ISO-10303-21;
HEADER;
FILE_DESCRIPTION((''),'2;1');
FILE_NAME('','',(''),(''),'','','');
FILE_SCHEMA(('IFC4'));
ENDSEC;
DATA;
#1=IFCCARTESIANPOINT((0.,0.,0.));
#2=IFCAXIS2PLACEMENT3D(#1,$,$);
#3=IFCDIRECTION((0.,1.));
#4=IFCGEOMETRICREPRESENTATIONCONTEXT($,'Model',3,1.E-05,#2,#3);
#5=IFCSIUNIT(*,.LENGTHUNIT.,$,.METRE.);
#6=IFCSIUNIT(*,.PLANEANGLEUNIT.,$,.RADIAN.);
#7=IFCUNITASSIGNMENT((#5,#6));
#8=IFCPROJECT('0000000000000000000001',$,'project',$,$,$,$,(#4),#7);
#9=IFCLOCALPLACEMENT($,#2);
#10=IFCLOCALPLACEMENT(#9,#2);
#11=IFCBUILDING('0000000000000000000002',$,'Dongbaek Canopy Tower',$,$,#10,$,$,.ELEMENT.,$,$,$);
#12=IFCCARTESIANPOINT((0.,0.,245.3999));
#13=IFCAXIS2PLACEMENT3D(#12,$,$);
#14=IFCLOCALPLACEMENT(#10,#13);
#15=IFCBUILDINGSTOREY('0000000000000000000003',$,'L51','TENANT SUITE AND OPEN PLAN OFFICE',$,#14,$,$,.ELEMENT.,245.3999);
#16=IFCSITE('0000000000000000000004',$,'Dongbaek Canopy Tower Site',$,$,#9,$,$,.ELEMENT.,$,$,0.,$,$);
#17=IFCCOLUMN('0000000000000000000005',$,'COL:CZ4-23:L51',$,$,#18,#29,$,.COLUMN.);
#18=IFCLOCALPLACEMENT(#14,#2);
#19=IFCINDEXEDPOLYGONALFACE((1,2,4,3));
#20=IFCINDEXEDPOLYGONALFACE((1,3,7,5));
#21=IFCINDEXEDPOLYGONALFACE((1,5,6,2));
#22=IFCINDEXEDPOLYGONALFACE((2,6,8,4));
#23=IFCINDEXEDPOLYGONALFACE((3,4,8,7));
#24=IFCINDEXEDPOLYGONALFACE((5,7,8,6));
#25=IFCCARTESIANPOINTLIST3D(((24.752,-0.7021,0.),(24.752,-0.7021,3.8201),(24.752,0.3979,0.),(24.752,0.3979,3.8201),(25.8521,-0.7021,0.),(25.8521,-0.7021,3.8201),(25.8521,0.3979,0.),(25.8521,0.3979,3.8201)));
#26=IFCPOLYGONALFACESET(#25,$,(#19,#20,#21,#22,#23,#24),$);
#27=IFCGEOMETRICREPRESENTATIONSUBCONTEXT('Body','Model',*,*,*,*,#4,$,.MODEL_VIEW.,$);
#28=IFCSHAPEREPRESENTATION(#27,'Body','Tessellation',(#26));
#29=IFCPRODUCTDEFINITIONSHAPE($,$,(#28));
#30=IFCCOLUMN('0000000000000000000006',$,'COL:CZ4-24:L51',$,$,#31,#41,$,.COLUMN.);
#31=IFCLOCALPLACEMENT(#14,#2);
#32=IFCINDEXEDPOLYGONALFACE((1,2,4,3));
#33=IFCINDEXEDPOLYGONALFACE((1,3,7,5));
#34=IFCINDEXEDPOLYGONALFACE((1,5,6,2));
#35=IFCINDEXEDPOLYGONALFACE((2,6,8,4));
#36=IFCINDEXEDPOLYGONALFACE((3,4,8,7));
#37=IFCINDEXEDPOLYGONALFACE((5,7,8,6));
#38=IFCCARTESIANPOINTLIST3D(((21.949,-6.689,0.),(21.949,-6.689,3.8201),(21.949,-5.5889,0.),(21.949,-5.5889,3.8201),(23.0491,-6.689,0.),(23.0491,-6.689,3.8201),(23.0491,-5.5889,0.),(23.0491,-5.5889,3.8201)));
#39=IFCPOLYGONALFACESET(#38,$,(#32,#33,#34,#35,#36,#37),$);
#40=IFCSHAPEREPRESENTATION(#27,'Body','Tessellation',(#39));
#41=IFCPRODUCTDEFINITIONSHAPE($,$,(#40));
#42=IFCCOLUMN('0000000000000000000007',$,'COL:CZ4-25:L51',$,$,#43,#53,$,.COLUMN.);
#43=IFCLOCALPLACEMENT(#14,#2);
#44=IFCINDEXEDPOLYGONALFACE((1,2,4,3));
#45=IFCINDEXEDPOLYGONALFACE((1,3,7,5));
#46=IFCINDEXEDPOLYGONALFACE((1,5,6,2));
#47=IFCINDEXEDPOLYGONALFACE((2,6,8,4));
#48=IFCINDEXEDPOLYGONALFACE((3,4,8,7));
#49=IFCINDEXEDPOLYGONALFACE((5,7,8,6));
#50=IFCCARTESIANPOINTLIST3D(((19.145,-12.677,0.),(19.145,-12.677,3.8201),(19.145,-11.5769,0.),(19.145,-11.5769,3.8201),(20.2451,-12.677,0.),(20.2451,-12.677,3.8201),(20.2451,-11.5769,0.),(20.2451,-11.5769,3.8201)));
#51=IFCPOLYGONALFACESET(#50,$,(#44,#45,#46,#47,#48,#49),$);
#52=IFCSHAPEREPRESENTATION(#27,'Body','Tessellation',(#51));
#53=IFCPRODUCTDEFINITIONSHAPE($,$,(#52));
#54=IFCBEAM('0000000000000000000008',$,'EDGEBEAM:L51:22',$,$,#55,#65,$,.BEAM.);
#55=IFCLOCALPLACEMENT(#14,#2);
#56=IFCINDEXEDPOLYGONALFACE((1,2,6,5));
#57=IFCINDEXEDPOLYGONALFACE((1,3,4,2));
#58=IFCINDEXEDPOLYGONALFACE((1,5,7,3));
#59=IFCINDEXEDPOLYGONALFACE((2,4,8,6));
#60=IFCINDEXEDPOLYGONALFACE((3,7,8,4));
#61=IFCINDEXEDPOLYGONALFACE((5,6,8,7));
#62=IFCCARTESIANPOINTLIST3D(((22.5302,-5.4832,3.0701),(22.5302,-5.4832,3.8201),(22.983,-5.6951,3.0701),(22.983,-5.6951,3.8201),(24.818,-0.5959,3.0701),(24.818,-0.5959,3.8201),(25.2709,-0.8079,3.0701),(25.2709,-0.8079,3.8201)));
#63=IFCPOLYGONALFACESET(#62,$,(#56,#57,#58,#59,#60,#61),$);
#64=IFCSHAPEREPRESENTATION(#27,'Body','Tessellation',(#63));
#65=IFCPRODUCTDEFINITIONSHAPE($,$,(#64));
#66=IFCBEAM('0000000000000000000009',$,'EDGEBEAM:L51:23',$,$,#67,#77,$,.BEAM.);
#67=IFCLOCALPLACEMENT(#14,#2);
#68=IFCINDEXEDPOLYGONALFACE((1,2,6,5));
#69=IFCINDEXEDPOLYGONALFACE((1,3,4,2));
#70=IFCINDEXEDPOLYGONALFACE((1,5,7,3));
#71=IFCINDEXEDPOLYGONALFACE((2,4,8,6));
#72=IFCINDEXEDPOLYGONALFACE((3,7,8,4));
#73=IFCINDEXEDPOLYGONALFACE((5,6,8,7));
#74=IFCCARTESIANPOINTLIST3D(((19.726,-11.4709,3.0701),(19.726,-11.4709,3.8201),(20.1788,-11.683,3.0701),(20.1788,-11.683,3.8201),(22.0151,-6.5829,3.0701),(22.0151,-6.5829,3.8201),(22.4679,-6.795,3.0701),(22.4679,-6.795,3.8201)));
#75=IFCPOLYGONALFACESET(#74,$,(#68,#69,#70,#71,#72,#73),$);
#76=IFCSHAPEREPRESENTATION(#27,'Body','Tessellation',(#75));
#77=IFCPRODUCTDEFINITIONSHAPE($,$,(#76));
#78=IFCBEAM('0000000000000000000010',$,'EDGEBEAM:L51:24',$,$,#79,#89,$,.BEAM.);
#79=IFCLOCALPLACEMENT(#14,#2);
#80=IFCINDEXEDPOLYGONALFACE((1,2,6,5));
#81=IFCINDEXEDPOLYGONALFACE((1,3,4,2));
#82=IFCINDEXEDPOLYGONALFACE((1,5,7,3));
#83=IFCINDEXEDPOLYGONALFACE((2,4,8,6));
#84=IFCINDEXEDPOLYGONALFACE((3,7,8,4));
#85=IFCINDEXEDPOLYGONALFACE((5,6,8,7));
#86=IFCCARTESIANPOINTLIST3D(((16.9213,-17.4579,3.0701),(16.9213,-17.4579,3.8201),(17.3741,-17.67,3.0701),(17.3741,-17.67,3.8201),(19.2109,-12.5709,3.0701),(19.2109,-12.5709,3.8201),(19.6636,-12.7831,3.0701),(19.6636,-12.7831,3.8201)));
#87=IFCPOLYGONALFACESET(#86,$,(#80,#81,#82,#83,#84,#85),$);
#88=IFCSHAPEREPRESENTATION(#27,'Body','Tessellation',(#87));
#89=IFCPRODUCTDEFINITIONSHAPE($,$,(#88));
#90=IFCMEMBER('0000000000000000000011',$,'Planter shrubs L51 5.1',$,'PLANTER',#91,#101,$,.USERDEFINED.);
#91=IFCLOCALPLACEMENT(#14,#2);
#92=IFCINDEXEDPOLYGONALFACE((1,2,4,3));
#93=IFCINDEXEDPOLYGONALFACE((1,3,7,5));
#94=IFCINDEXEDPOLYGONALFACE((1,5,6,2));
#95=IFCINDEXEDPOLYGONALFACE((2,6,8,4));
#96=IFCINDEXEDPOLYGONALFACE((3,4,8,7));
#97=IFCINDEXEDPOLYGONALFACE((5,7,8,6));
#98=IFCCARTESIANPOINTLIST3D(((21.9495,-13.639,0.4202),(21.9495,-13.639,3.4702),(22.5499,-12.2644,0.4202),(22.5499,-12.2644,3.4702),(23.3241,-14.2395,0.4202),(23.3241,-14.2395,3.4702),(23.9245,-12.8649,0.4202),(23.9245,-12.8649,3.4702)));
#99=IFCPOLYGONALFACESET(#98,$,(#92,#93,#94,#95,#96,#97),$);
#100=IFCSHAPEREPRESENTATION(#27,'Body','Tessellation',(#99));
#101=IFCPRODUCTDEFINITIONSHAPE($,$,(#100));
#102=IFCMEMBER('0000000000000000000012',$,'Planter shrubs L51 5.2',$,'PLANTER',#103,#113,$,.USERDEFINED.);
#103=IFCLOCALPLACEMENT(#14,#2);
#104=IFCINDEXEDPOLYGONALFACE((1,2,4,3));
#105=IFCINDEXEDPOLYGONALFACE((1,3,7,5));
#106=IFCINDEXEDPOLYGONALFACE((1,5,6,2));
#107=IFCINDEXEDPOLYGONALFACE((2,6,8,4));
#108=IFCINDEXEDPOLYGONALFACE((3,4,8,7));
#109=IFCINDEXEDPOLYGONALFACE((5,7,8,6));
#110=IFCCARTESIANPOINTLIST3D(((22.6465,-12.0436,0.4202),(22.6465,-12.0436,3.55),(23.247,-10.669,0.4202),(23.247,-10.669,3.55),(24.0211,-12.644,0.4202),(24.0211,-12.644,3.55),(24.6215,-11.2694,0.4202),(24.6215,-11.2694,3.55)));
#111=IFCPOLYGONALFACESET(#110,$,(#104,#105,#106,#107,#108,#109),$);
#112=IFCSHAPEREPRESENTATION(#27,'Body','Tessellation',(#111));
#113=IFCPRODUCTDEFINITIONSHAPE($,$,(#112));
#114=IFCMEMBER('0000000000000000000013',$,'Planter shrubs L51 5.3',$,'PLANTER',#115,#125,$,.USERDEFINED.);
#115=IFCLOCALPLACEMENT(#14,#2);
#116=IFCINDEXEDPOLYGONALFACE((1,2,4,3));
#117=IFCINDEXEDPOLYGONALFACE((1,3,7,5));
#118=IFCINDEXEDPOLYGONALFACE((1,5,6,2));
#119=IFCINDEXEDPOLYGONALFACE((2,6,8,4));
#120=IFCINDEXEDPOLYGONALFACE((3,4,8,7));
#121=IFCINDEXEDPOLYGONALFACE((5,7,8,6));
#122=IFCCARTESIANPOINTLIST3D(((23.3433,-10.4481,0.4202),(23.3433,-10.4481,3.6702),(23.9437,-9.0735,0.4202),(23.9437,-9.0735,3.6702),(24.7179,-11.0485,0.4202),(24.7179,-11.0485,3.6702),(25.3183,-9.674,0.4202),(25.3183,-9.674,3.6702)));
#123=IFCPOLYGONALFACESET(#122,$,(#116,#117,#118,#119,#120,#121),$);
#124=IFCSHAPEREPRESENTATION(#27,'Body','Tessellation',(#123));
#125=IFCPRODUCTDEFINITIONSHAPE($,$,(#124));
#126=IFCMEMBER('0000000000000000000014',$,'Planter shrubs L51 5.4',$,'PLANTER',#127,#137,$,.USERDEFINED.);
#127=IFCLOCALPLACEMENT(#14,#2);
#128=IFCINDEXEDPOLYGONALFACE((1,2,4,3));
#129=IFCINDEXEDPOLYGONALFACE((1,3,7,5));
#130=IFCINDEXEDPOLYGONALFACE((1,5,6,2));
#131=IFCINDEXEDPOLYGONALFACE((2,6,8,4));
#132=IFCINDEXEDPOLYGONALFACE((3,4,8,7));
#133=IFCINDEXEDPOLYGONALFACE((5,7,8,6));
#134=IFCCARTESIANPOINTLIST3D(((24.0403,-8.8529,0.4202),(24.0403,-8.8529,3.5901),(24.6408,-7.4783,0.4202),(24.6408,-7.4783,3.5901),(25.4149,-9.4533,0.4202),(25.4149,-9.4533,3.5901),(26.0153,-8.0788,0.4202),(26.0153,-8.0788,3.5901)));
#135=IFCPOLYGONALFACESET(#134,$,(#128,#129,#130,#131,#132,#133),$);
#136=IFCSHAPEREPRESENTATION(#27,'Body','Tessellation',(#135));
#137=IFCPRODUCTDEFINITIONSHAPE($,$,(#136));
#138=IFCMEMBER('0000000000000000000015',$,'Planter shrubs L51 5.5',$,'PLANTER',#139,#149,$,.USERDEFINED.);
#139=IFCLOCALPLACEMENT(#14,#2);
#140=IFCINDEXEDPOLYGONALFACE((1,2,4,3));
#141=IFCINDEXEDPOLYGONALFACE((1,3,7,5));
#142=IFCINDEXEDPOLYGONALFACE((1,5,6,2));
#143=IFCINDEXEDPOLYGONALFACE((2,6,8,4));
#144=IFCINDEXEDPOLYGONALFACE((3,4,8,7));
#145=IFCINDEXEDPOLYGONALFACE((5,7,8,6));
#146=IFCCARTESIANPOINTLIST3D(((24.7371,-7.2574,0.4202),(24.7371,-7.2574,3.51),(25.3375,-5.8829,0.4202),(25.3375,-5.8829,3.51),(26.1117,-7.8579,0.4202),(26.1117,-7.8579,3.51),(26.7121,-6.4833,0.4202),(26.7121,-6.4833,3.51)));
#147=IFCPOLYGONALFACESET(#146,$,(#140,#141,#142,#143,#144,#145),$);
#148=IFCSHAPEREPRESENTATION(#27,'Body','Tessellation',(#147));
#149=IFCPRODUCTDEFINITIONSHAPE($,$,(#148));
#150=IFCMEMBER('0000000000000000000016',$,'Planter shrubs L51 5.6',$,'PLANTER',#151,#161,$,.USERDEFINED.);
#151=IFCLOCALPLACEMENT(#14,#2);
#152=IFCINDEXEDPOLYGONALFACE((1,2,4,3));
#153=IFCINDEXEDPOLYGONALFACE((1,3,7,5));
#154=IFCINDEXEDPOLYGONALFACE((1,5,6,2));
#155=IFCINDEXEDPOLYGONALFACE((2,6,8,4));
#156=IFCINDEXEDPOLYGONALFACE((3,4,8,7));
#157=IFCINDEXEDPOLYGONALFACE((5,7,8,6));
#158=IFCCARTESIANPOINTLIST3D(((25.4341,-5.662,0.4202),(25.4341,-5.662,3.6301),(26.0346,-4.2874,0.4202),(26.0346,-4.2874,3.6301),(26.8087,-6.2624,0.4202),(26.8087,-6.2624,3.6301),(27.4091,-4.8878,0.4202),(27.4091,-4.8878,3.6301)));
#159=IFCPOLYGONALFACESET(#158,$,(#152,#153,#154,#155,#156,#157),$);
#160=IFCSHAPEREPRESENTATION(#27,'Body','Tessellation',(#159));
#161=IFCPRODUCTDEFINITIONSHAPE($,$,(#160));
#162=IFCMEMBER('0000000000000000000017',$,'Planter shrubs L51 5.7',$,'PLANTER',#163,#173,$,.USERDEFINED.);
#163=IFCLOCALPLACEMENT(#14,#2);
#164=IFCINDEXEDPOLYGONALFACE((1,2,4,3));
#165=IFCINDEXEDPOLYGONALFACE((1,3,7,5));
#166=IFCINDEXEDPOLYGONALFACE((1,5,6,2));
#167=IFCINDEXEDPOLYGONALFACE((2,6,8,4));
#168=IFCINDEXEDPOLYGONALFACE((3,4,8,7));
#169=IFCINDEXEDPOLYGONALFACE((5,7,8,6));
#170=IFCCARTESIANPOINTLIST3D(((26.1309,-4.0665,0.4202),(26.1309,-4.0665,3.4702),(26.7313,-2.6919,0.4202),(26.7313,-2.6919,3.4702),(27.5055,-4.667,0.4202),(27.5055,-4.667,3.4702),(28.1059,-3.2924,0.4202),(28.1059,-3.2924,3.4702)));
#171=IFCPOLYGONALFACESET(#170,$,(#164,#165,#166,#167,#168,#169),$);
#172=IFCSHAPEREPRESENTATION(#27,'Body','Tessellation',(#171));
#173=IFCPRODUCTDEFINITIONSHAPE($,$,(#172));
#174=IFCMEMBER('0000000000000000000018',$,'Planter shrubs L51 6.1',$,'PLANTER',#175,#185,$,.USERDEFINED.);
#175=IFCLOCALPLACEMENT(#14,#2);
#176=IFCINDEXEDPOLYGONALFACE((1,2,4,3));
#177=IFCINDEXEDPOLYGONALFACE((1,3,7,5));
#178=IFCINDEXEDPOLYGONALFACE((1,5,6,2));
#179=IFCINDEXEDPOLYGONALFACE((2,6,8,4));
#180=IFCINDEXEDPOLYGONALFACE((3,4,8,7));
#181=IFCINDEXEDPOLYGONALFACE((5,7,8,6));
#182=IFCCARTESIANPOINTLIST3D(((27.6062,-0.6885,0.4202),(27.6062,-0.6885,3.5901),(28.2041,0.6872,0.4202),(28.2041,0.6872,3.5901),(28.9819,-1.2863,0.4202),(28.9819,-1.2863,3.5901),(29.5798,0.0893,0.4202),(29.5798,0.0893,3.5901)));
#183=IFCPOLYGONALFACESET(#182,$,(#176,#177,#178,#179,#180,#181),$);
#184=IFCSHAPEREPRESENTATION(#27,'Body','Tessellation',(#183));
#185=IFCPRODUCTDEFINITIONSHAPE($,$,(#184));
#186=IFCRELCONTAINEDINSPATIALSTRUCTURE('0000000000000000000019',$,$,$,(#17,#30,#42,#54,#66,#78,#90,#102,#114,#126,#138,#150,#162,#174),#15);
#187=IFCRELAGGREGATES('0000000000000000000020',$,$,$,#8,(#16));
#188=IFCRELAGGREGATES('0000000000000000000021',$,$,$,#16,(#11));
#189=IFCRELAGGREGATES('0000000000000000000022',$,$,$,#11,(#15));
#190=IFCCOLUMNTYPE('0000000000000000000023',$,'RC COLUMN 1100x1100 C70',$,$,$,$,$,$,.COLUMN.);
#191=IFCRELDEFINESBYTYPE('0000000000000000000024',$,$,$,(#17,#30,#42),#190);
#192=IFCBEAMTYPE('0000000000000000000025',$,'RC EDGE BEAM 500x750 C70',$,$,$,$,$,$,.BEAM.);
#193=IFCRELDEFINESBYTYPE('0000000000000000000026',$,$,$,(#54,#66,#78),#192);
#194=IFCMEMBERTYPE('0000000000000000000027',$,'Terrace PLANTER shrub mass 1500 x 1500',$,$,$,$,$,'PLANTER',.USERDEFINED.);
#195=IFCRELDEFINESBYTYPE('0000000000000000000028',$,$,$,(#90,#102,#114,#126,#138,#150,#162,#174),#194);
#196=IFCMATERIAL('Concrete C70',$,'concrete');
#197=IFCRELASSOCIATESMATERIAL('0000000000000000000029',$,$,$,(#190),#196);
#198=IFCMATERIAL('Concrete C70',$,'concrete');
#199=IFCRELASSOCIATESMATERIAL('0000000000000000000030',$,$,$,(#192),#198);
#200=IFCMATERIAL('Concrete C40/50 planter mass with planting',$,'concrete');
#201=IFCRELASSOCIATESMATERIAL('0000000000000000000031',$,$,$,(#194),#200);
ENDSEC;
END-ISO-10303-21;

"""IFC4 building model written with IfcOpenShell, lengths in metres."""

from ifc_helpers import new_model, si_unit, direction, frame, origin, origin_2d, place, context, subcontext, project, spatial, rectangle, extrude, material, material_profile, profile_set, type_object, element, save


model = new_model("IFC4")

# Units and contexts
model_context = context("Model", 3, precision=1e-05, world=origin(), true_north=direction((0.0, 1.0)))
body_context = subcontext(model_context, "Body", "Model", "MODEL_VIEW")
ifc_project = project(units=[si_unit("LENGTHUNIT", "METRE"), si_unit("PLANEANGLEUNIT", "RADIAN")], contexts=[model_context])

# Site, building, storey
site_placement = place(None, origin())
site = spatial("IfcSite", under=ifc_project, at=site_placement, Name="Dongbaek Canopy Tower Site", CompositionType="ELEMENT", RefElevation=0.0)
building_placement = place(site_placement, origin())
building = spatial("IfcBuilding", under=site, at=building_placement, Name="Dongbaek Canopy Tower", CompositionType="ELEMENT")
storey_placement = place(building_placement, frame((0.0, 0.0, 245.3999)))
storey = spatial("IfcBuildingStorey", under=building, at=storey_placement, Name="L51", Description="TENANT SUITE AND OPEN PLAN OFFICE", CompositionType="ELEMENT", Elevation=245.3999)

# Columns
ifc_material_1 = material(Name="Concrete C70", Category="concrete")
ifc_material_profile_1 = material_profile(ifc_material_1, rectangle(XDim=1.1001, YDim=1.1001, at=origin_2d()), Name="RC COLUMN 1100x1100 C70")
ifc_profile_set_1 = profile_set([ifc_material_profile_1], Name="Concrete C70")
column_type = type_object("IfcColumnType", Name="RC COLUMN 1100x1100 C70", PredefinedType="COLUMN", material=ifc_profile_set_1)
for number, where, z_axis, x_axis, name in (
    (1, (25.302, -0.1521, 0.0), (0.0, 0.0, 1.0), (1.0, 0.0, 0.0), "COL:CZ4-23:L51"),
    (2, (22.499, -6.1389, 0.0), (0.0, 0.0, 1.0), (1.0, 0.0, 0.0), "COL:CZ4-24:L51"),
    (3, (19.6951, -12.127, 0.0), (0.0, 0.0, 1.0), (1.0, 0.0, 0.0), "COL:CZ4-25:L51"),
):
    element("IfcColumn", number, at=place(storey_placement, frame(where, z_axis=z_axis, x_axis=x_axis)), inside=storey, type_object=column_type, Name=name, PredefinedType="COLUMN", context=body_context, shape_type="SweptSolid", body=[
        extrude(rectangle(XDim=1.1001, YDim=1.1001, at=origin_2d()), origin(), (0.0, 0.0, 1.0), 3.8201),
    ])

# Beams
ifc_material_2 = material(Name="Concrete C70", Category="concrete")
ifc_material_profile_2 = material_profile(ifc_material_2, rectangle(XDim=0.5, YDim=0.75, at=origin_2d()), Name="RC EDGE BEAM 500x750 C70")
ifc_profile_set_2 = profile_set([ifc_material_profile_2], Name="Concrete C70")
beam_type = type_object("IfcBeamType", Name="RC EDGE BEAM 500x750 C70", PredefinedType="BEAM", material=ifc_profile_set_2)
beam_1_placement = place(storey_placement, frame((25.0444, -0.7019, 3.4451), z_axis=(-0.423972, -0.905675, 0.0), x_axis=(0.905675, -0.423972, 0.0)))
element("IfcBeam", 4, at=beam_1_placement, inside=storey, type_object=beam_type, Name="EDGEBEAM:L51:22", PredefinedType="BEAM", context=body_context, shape_type="SweptSolid", body=[
    extrude(rectangle(XDim=0.5, YDim=0.75, at=origin_2d()), origin(), (0.0, 0.0, 1.0), 5.3962),
])
beam_2_placement = place(storey_placement, frame((22.2415, -6.689, 3.4451), z_axis=(-0.424106, -0.905613, 0.0), x_axis=(0.905613, -0.424106, 0.0)))
element("IfcBeam", 5, at=beam_2_placement, inside=storey, type_object=beam_type, Name="EDGEBEAM:L51:23", PredefinedType="BEAM", context=body_context, shape_type="SweptSolid", body=[
    extrude(rectangle(XDim=0.5, YDim=0.75, at=origin_2d()), origin(), (0.0, 0.0, 1.0), 5.3975),
])
beam_3_placement = place(storey_placement, frame((19.4373, -12.677, 3.4451), z_axis=(-0.42425, -0.905545, 0.0), x_axis=(0.905545, -0.42425, 0.0)))
element("IfcBeam", 6, at=beam_3_placement, inside=storey, type_object=beam_type, Name="EDGEBEAM:L51:24", PredefinedType="BEAM", context=body_context, shape_type="SweptSolid", body=[
    extrude(rectangle(XDim=0.5, YDim=0.75, at=origin_2d()), origin(), (0.0, 0.0, 1.0), 5.3967),
])

# Members
ifc_material_3 = material(Name="Concrete C40/50 planter mass with planting", Category="concrete")
ifc_material_profile_3 = material_profile(ifc_material_3, rectangle(XDim=1.5, YDim=1.5, at=origin_2d()), Name="Terrace PLANTER shrub mass 1500 x 1500")
ifc_profile_set_3 = profile_set([ifc_material_profile_3], Name="Concrete C40/50 planter mass with planting")
member_type = type_object("IfcMemberType", Name="Terrace PLANTER shrub mass 1500 x 1500", ElementType="PLANTER", PredefinedType="USERDEFINED", material=ifc_profile_set_3)
member_1_placement = place(storey_placement, frame((22.937, -13.252, 0.4202), z_axis=(0.0, 0.0, 1.0), x_axis=(0.916386, -0.400295, 0.0)))
element("IfcMember", 7, at=member_1_placement, inside=storey, type_object=member_type, Name="Planter shrubs L51 5.1", ObjectType="PLANTER", PredefinedType="USERDEFINED", context=body_context, shape_type="SweptSolid", body=[
    extrude(rectangle(XDim=1.5, YDim=1.5, at=origin_2d()), origin(), (0.0, 0.0, 1.0), 3.05),
])
member_2_placement = place(storey_placement, frame((23.634, -11.6565, 0.4202), z_axis=(0.0, 0.0, 1.0), x_axis=(0.916386, -0.400295, 0.0)))
element("IfcMember", 8, at=member_2_placement, inside=storey, type_object=member_type, Name="Planter shrubs L51 5.2", ObjectType="PLANTER", PredefinedType="USERDEFINED", context=body_context, shape_type="SweptSolid", body=[
    extrude(rectangle(XDim=1.5, YDim=1.5, at=origin_2d()), origin(), (0.0, 0.0, 1.0), 3.1299),
])
member_3_placement = place(storey_placement, frame((24.3308, -10.061, 0.4202), z_axis=(0.0, 0.0, 1.0), x_axis=(0.916386, -0.400295, 0.0)))
element("IfcMember", 9, at=member_3_placement, inside=storey, type_object=member_type, Name="Planter shrubs L51 5.3", ObjectType="PLANTER", PredefinedType="USERDEFINED", context=body_context, shape_type="SweptSolid", body=[
    extrude(rectangle(XDim=1.5, YDim=1.5, at=origin_2d()), origin(), (0.0, 0.0, 1.0), 3.25),
])
member_4_placement = place(storey_placement, frame((25.0278, -8.4658, 0.4202), z_axis=(0.0, 0.0, 1.0), x_axis=(0.916386, -0.400295, 0.0)))
element("IfcMember", 10, at=member_4_placement, inside=storey, type_object=member_type, Name="Planter shrubs L51 5.4", ObjectType="PLANTER", PredefinedType="USERDEFINED", context=body_context, shape_type="SweptSolid", body=[
    extrude(rectangle(XDim=1.5, YDim=1.5, at=origin_2d()), origin(), (0.0, 0.0, 1.0), 3.1699),
])
member_5_placement = place(storey_placement, frame((25.7246, -6.8704, 0.4202), z_axis=(0.0, 0.0, 1.0), x_axis=(0.916386, -0.400295, 0.0)))
element("IfcMember", 11, at=member_5_placement, inside=storey, type_object=member_type, Name="Planter shrubs L51 5.5", ObjectType="PLANTER", PredefinedType="USERDEFINED", context=body_context, shape_type="SweptSolid", body=[
    extrude(rectangle(XDim=1.5, YDim=1.5, at=origin_2d()), origin(), (0.0, 0.0, 1.0), 3.0898),
])
member_6_placement = place(storey_placement, frame((26.4216, -5.2749, 0.4202), z_axis=(0.0, 0.0, 1.0), x_axis=(0.916386, -0.400295, 0.0)))
element("IfcMember", 12, at=member_6_placement, inside=storey, type_object=member_type, Name="Planter shrubs L51 5.6", ObjectType="PLANTER", PredefinedType="USERDEFINED", context=body_context, shape_type="SweptSolid", body=[
    extrude(rectangle(XDim=1.5, YDim=1.5, at=origin_2d()), origin(), (0.0, 0.0, 1.0), 3.21),
])
member_7_placement = place(storey_placement, frame((27.1184, -3.6794, 0.4202), z_axis=(0.0, 0.0, 1.0), x_axis=(0.916386, -0.400295, 0.0)))
element("IfcMember", 13, at=member_7_placement, inside=storey, type_object=member_type, Name="Planter shrubs L51 5.7", ObjectType="PLANTER", PredefinedType="USERDEFINED", context=body_context, shape_type="SweptSolid", body=[
    extrude(rectangle(XDim=1.5, YDim=1.5, at=origin_2d()), origin(), (0.0, 0.0, 1.0), 3.05),
])
member_8_placement = place(storey_placement, frame((28.593, -0.2996, 0.4202), z_axis=(0.0, 0.0, 1.0), x_axis=(0.917131, -0.398585, 0.0)))
element("IfcMember", 14, at=member_8_placement, inside=storey, type_object=member_type, Name="Planter shrubs L51 6.1", ObjectType="PLANTER", PredefinedType="USERDEFINED", context=body_context, shape_type="SweptSolid", body=[
    extrude(rectangle(XDim=1.5, YDim=1.5, at=origin_2d()), origin(), (0.0, 0.0, 1.0), 3.1699),
])

save(model, "model.ifc")
